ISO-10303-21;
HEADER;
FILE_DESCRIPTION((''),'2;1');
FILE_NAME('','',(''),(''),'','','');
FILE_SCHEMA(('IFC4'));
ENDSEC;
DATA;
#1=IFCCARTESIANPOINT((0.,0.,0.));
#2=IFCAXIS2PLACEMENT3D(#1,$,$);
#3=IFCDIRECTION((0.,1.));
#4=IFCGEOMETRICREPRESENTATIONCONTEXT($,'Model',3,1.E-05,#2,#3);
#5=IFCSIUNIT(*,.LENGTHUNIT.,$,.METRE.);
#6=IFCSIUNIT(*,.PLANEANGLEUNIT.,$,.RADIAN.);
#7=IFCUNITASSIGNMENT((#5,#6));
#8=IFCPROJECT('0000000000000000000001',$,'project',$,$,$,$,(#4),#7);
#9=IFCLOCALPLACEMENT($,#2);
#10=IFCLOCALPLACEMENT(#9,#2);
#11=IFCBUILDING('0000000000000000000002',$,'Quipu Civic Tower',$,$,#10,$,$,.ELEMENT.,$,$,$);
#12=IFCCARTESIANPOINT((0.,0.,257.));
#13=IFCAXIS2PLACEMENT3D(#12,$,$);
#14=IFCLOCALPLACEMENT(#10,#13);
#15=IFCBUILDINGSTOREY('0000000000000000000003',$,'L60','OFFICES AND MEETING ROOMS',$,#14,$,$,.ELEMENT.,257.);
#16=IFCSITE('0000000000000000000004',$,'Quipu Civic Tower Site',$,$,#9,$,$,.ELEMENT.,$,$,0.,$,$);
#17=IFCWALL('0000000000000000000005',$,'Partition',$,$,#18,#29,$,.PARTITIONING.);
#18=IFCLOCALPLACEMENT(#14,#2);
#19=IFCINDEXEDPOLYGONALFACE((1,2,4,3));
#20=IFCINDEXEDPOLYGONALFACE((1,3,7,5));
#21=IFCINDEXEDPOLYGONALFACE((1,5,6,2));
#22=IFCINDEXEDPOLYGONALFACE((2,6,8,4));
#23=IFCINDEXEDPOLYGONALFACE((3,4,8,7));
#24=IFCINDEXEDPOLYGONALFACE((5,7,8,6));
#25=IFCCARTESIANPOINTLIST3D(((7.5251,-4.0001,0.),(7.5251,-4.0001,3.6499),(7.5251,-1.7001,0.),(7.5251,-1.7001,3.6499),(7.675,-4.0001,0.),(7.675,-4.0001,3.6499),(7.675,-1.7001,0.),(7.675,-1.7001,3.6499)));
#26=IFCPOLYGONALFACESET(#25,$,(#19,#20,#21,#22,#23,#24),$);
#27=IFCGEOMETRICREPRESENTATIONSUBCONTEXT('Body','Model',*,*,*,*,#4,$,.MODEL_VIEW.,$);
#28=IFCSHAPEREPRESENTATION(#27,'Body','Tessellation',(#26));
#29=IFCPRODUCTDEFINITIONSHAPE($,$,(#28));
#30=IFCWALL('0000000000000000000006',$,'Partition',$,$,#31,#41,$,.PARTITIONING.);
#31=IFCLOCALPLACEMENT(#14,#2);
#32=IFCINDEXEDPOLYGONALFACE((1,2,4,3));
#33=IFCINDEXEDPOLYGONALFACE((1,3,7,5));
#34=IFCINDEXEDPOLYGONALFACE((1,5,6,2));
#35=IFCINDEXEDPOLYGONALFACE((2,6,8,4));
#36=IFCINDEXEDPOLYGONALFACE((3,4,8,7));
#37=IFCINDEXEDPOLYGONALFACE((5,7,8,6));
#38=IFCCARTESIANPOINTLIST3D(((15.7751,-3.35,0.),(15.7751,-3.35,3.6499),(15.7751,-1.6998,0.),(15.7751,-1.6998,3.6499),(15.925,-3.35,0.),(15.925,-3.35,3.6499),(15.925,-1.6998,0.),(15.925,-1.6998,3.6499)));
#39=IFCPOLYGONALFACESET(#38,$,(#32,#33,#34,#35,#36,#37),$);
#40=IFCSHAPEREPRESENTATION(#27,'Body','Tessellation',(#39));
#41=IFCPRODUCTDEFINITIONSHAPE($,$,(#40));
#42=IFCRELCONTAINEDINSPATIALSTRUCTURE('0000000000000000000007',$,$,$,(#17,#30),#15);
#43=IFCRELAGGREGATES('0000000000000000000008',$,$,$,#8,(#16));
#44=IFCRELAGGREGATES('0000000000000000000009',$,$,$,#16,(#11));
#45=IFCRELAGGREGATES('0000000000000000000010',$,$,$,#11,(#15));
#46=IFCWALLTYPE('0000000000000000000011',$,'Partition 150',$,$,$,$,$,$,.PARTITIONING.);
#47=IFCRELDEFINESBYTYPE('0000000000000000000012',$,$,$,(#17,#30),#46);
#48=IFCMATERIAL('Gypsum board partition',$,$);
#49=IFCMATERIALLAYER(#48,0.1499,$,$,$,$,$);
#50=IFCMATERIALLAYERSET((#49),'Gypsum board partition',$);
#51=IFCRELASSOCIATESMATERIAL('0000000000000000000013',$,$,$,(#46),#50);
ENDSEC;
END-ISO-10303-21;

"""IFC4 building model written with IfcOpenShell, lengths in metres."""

from ifc_helpers import new_model, si_unit, direction, frame, frame_2d, origin, place, context, subcontext, project, spatial, rectangle, extrude, material, layer, layer_set, type_object, element, save


model = new_model("IFC4")

# Units and contexts
model_context = context("Model", 3, precision=1e-05, world=origin(), true_north=direction((0.0, 1.0)))
body_context = subcontext(model_context, "Body", "Model", "MODEL_VIEW")
ifc_project = project(units=[si_unit("LENGTHUNIT", "METRE"), si_unit("PLANEANGLEUNIT", "RADIAN")], contexts=[model_context])

# Site, building, storey
site_placement = place(None, origin())
site = spatial("IfcSite", under=ifc_project, at=site_placement, Name="Quipu Civic Tower Site", CompositionType="ELEMENT", RefElevation=0.0)
building_placement = place(site_placement, origin())
building = spatial("IfcBuilding", under=site, at=building_placement, Name="Quipu Civic Tower", CompositionType="ELEMENT")
storey_placement = place(building_placement, frame((0.0, 0.0, 257.0)))
storey = spatial("IfcBuildingStorey", under=building, at=storey_placement, Name="L60", Description="OFFICES AND MEETING ROOMS", CompositionType="ELEMENT", Elevation=257.0)

# Shared definitions
ifc_material_1 = material(Name="Gypsum board partition")
ifc_layer_1 = layer(ifc_material_1, 0.1499)
ifc_layer_set_1 = layer_set([ifc_layer_1], Name="Gypsum board partition")
wall_type_1 = type_object("IfcWallType", Name="Partition 150", PredefinedType="PARTITIONING", material=ifc_layer_set_1)

# Walls
wall_1_placement = place(storey_placement, frame((7.6001, -4.0, 0.0), z_axis=(0.0, 0.0, 1.0), x_axis=(0.0, 1.0, 0.0)))
element("IfcWall", 1, at=wall_1_placement, inside=storey, type_object=wall_type_1, Name="Partition", PredefinedType="PARTITIONING", context=body_context, shape_type="SweptSolid", body=[
    extrude(rectangle(XDim=2.3, YDim=0.1499, at=frame_2d((1.1499, 0.0))), origin(), (0.0, 0.0, 1.0), 3.6499),
])
wall_2_placement = place(storey_placement, frame((15.8501, -3.3501, 0.0), z_axis=(0.0, 0.0, 1.0), x_axis=(0.0, 1.0, 0.0)))
element("IfcWall", 2, at=wall_2_placement, inside=storey, type_object=wall_type_1, Name="Partition", PredefinedType="PARTITIONING", context=body_context, shape_type="SweptSolid", body=[
    extrude(rectangle(XDim=1.6501, YDim=0.1499, at=frame_2d((0.8252, 0.0))), origin(), (0.0, 0.0, 1.0), 3.6499),
])

save(model, "model.ifc")
